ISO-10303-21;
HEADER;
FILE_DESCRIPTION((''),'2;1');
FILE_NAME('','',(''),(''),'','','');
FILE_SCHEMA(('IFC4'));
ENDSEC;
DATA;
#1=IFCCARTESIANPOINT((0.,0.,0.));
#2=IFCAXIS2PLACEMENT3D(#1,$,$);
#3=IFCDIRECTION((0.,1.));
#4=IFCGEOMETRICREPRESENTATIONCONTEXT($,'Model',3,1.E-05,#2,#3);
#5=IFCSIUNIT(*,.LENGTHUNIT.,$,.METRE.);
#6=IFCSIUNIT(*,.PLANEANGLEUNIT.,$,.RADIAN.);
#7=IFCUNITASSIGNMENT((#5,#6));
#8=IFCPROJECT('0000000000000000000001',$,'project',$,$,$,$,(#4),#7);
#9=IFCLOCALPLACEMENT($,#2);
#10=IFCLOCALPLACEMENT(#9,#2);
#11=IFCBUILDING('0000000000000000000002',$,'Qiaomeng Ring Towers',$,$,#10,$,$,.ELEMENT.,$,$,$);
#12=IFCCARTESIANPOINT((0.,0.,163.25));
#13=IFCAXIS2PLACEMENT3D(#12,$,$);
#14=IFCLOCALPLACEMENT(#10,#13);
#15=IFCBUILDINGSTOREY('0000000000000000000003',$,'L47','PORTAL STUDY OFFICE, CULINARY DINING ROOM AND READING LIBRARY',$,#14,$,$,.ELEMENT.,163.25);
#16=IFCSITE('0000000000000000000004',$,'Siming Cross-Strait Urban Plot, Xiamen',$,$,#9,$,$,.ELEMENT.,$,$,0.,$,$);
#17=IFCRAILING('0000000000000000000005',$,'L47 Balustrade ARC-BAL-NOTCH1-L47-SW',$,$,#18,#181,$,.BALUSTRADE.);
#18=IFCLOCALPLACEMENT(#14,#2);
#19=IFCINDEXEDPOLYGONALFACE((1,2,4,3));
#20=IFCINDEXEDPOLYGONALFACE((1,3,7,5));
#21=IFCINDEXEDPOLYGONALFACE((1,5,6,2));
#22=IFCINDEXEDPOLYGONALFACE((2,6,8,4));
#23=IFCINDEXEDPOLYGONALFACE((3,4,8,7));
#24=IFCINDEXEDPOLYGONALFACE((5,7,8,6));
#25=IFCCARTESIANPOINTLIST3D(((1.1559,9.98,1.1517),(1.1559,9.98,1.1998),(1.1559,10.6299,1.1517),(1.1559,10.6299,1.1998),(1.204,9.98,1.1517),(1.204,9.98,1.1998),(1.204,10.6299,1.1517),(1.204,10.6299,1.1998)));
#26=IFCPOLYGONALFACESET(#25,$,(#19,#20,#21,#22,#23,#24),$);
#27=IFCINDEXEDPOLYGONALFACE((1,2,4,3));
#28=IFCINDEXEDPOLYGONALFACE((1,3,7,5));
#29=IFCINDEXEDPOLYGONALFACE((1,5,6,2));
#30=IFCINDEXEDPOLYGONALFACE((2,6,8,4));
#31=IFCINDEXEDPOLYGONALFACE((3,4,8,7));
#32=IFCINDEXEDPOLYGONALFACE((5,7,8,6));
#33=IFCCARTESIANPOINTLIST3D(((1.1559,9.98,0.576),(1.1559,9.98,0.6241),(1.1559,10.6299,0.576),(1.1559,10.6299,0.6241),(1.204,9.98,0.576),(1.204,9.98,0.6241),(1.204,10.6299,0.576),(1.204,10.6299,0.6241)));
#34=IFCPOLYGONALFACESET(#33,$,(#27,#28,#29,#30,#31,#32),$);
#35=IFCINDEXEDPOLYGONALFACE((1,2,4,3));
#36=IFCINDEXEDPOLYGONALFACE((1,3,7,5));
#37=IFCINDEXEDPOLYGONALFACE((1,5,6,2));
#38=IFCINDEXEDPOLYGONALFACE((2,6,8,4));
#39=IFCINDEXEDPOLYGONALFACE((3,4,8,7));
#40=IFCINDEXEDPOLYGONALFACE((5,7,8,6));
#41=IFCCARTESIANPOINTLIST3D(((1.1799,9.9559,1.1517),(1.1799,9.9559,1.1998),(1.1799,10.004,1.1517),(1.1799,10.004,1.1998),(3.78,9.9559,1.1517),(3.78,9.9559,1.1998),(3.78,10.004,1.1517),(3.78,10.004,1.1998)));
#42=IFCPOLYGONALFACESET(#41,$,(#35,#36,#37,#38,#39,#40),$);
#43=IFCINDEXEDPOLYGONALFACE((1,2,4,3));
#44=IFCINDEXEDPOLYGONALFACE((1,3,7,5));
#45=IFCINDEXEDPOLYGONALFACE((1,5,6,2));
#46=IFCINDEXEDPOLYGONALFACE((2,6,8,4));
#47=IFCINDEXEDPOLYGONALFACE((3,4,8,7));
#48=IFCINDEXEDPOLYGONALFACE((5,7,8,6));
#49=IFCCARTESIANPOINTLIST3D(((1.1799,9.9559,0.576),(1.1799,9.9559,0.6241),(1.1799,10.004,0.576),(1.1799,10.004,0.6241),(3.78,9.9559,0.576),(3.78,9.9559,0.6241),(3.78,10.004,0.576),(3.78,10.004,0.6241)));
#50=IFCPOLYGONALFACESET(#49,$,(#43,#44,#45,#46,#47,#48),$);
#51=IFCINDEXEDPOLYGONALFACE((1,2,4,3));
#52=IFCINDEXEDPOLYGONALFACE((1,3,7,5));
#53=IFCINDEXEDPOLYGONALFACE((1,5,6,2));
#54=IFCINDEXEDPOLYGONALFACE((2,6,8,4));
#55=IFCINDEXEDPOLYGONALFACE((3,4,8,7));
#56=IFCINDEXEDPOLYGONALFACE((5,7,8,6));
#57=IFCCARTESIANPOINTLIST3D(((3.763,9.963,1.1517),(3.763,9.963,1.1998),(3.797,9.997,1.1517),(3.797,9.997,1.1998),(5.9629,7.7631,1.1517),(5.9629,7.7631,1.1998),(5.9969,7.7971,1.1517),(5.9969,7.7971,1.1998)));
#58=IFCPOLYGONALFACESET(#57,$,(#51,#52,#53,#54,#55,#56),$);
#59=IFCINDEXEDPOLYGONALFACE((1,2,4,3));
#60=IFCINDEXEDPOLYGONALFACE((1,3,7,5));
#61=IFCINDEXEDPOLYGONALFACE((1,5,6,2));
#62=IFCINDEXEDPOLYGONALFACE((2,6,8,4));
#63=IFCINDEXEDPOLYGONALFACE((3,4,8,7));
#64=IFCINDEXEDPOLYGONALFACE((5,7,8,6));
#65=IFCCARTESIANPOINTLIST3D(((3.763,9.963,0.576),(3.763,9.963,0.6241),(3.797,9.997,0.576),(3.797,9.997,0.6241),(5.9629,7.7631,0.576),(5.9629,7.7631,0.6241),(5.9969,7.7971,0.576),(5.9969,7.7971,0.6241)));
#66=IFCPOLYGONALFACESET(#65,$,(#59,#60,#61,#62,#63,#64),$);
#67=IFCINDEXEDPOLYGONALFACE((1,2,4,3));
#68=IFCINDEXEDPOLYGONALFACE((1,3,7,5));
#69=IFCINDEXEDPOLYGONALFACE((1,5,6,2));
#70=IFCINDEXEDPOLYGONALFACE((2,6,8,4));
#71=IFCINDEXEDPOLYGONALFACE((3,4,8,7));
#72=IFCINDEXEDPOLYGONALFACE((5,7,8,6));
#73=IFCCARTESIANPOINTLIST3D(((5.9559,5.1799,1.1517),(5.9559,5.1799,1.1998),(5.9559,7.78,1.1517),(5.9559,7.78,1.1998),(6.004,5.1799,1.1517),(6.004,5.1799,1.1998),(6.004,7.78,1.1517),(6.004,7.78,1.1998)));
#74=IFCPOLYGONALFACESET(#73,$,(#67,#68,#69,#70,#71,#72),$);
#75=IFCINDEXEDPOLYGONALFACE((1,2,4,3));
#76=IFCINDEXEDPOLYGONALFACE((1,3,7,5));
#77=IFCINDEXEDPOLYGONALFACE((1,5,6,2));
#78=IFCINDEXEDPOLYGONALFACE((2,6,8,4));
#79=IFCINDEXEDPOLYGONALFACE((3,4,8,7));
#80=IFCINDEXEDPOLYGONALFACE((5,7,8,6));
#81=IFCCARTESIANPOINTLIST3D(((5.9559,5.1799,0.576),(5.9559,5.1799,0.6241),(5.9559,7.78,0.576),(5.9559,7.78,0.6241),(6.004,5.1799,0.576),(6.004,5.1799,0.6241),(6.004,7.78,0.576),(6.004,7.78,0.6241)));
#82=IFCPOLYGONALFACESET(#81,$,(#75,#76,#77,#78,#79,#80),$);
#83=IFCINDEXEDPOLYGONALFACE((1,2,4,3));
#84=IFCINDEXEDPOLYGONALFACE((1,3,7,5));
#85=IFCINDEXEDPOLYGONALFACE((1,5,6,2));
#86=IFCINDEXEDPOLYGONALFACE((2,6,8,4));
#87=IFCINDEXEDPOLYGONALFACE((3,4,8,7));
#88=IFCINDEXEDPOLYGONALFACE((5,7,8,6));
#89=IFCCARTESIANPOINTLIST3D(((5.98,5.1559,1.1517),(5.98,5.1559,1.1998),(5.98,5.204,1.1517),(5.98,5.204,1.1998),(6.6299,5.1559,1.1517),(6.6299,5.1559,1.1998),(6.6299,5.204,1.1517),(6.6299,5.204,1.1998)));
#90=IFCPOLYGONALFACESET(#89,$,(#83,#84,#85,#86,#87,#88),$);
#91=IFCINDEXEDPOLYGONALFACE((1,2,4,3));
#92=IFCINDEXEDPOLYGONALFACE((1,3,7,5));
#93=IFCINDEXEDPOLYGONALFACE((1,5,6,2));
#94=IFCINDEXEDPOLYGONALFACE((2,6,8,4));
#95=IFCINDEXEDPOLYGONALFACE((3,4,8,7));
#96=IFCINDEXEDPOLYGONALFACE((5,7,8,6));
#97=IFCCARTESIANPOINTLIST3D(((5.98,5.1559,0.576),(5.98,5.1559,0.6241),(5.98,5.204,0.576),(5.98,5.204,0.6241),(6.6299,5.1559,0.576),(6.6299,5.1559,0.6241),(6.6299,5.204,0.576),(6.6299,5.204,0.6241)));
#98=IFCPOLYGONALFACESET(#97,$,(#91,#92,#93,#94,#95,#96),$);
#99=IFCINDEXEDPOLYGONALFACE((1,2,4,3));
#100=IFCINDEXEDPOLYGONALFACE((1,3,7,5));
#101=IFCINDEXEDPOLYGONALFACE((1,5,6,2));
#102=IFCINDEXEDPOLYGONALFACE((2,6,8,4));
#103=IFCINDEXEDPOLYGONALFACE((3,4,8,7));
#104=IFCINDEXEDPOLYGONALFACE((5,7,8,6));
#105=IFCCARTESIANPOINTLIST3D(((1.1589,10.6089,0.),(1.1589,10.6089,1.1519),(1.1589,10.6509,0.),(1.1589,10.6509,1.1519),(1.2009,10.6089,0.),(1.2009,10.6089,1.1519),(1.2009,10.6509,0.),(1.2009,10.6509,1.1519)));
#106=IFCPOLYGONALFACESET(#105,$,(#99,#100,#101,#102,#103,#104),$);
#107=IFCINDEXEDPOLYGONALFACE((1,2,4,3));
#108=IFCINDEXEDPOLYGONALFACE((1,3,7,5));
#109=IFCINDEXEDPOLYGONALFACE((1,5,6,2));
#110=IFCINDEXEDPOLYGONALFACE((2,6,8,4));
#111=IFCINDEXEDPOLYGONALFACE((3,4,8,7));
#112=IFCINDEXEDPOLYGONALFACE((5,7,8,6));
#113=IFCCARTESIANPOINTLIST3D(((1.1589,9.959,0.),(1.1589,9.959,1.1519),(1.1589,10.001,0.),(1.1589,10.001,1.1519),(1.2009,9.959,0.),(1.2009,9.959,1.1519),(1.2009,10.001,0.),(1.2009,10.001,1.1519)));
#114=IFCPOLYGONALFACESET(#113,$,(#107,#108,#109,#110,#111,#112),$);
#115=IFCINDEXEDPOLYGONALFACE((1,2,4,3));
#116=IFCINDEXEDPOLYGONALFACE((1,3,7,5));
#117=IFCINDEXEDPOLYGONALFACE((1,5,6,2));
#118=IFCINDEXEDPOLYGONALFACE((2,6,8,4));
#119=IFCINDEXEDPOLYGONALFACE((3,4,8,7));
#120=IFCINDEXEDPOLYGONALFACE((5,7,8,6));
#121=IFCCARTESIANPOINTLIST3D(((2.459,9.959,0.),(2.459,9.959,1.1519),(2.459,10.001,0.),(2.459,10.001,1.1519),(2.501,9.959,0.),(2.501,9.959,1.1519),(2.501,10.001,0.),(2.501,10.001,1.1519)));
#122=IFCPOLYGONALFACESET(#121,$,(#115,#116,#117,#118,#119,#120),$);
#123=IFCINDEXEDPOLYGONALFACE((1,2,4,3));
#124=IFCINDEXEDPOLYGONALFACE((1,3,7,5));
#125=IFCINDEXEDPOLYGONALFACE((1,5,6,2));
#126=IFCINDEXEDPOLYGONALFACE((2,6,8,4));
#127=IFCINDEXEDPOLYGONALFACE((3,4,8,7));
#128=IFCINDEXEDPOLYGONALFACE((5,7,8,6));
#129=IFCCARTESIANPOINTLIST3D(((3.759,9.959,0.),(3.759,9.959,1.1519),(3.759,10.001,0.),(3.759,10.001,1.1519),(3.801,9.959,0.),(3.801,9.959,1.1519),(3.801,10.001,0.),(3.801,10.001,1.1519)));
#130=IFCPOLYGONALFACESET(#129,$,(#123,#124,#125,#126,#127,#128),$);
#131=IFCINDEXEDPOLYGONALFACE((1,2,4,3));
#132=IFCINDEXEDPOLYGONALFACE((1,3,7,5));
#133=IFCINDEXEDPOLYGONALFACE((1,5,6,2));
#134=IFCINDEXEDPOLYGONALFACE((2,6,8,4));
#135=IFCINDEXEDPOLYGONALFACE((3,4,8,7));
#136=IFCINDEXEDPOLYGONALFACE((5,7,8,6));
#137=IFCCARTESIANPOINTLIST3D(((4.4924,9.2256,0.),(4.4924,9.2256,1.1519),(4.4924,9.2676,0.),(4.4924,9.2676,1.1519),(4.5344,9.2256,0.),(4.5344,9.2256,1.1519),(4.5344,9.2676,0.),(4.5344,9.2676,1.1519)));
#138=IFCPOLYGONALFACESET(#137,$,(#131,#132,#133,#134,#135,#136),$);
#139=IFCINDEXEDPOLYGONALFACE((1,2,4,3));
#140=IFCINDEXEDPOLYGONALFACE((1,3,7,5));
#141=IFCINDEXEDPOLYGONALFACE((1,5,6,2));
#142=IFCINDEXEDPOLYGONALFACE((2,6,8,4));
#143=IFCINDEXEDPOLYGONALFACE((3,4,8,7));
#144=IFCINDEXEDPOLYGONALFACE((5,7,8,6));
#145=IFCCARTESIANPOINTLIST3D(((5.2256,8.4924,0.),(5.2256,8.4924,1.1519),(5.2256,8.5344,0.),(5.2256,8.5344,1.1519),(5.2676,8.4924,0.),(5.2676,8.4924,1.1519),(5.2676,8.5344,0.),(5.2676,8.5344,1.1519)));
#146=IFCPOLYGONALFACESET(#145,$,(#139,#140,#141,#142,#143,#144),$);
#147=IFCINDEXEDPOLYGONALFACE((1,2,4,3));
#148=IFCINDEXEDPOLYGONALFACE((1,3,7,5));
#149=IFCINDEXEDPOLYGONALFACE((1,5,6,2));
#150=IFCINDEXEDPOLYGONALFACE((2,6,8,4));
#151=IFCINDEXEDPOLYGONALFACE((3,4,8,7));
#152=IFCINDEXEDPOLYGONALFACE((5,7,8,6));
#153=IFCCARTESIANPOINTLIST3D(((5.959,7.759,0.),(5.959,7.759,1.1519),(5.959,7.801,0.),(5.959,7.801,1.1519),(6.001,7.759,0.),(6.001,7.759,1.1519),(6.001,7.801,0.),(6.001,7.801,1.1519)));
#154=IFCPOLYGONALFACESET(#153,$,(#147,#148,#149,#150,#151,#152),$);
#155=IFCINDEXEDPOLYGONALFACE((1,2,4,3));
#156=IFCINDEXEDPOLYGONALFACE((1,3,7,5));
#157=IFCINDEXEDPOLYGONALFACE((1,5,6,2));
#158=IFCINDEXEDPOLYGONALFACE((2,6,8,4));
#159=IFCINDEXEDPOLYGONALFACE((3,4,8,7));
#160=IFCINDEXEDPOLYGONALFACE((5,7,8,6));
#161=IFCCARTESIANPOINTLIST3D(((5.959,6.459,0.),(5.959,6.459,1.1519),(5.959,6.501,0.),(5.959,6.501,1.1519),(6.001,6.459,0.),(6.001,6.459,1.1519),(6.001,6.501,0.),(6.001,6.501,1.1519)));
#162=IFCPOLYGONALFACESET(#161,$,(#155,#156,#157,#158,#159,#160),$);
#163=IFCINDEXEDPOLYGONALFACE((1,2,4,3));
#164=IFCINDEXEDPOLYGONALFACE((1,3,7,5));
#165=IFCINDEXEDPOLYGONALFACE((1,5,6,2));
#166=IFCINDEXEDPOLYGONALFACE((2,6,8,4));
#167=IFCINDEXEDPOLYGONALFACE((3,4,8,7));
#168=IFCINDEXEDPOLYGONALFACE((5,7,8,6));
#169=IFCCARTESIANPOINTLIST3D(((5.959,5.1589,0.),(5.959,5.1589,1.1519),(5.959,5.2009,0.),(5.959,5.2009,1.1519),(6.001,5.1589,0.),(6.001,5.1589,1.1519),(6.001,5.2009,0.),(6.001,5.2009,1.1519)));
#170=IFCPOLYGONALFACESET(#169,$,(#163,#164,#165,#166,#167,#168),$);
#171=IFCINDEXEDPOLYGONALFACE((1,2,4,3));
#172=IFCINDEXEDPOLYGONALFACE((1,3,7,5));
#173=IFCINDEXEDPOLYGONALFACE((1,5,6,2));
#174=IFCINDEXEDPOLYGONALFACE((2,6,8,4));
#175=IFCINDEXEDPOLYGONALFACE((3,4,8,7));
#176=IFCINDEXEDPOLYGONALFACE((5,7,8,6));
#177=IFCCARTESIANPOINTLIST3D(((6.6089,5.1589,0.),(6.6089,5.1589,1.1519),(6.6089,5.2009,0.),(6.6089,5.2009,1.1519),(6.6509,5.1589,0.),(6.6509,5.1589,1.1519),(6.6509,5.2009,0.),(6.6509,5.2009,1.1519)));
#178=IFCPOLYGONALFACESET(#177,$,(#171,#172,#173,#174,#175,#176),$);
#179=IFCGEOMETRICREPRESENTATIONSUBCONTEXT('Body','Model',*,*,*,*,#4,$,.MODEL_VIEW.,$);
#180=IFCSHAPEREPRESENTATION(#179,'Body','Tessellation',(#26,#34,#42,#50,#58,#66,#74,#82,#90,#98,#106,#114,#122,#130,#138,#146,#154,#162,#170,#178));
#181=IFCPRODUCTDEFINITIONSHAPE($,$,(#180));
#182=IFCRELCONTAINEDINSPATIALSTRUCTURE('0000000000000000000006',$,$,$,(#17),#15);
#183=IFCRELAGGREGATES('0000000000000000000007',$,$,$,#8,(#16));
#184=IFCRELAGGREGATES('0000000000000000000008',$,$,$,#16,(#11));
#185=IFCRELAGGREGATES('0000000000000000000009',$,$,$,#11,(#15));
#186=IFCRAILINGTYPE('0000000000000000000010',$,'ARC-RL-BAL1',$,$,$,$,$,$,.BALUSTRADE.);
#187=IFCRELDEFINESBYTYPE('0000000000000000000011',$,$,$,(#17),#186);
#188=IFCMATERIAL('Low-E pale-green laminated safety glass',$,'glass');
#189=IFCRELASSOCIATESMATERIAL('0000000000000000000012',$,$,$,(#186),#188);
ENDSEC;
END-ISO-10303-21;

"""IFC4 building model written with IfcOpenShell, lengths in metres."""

from ifc_helpers import new_model, si_unit, direction, frame, origin, origin_2d, place, context, subcontext, project, spatial, rectangle, extrude, material, type_object, element, save


model = new_model("IFC4")

# Units and contexts
model_context = context("Model", 3, precision=1e-05, world=origin(), true_north=direction((0.0, 1.0)))
body_context = subcontext(model_context, "Body", "Model", "MODEL_VIEW")
ifc_project = project(units=[si_unit("LENGTHUNIT", "METRE"), si_unit("PLANEANGLEUNIT", "RADIAN")], contexts=[model_context])

# Site, building, storey
site_placement = place(None, origin())
site = spatial("IfcSite", under=ifc_project, at=site_placement, Name="Siming Cross-Strait Urban Plot, Xiamen", CompositionType="ELEMENT", RefElevation=0.0)
building_placement = place(site_placement, origin())
building = spatial("IfcBuilding", under=site, at=building_placement, Name="Qiaomeng Ring Towers", CompositionType="ELEMENT")
storey_placement = place(building_placement, frame((0.0, 0.0, 163.25)))
storey = spatial("IfcBuildingStorey", under=building, at=storey_placement, Name="L47", Description="PORTAL STUDY OFFICE, CULINARY DINING ROOM AND READING LIBRARY", CompositionType="ELEMENT", Elevation=163.25)

# Railing
ifc_material_1 = material(Name="Low-E pale-green laminated safety glass", Category="glass")
railing_type = type_object("IfcRailingType", Name="ARC-RL-BAL1", PredefinedType="BALUSTRADE", material=ifc_material_1)
railing_placement = place(storey_placement, frame((1.1799, 10.6299, 0.0)))
element("IfcRailing", 1, at=railing_placement, inside=storey, type_object=railing_type, Name="L47 Balustrade ARC-BAL-NOTCH1-L47-SW", PredefinedType="BALUSTRADE", context=body_context, shape_type="SweptSolid", body=[
    extrude(rectangle(XDim=0.0481, YDim=0.0481, at=origin_2d()), frame((0.0, 0.0, 1.1758), z_axis=(0.0, -1.0, 0.0), x_axis=(1.0, 0.0, 0.0)), (0.0, 0.0, 1.0), 0.6499),
    extrude(rectangle(XDim=0.0481, YDim=0.0481, at=origin_2d()), frame((0.0, 0.0, 0.6001), z_axis=(0.0, -1.0, 0.0), x_axis=(1.0, 0.0, 0.0)), (0.0, 0.0, 1.0), 0.6499),
    extrude(rectangle(XDim=0.0481, YDim=0.0481, at=origin_2d()), frame((0.0, -0.6499, 1.1758), z_axis=(1.0, 0.0, 0.0), x_axis=(0.0, 1.0, 0.0)), (0.0, 0.0, 1.0), 2.6001),
    extrude(rectangle(XDim=0.0481, YDim=0.0481, at=origin_2d()), frame((0.0, -0.6499, 0.6001), z_axis=(1.0, 0.0, 0.0), x_axis=(0.0, 1.0, 0.0)), (0.0, 0.0, 1.0), 2.6001),
    extrude(rectangle(XDim=0.0481, YDim=0.0481, at=origin_2d()), frame((2.6001, -0.6499, 1.1758), z_axis=(0.707107, -0.707107, 0.0), x_axis=(0.707107, 0.707107, 0.0)), (0.0, 0.0, 1.0), 3.1111),
    extrude(rectangle(XDim=0.0481, YDim=0.0481, at=origin_2d()), frame((2.6001, -0.6499, 0.6001), z_axis=(0.707107, -0.707107, 0.0), x_axis=(0.707107, 0.707107, 0.0)), (0.0, 0.0, 1.0), 3.1111),
    extrude(rectangle(XDim=0.0481, YDim=0.0481, at=origin_2d()), frame((4.8, -2.8499, 1.1758), z_axis=(0.0, -1.0, 0.0), x_axis=(1.0, 0.0, 0.0)), (0.0, 0.0, 1.0), 2.6001),
    extrude(rectangle(XDim=0.0481, YDim=0.0481, at=origin_2d()), frame((4.8, -2.8499, 0.6001), z_axis=(0.0, -1.0, 0.0), x_axis=(1.0, 0.0, 0.0)), (0.0, 0.0, 1.0), 2.6001),
    extrude(rectangle(XDim=0.0481, YDim=0.0481, at=origin_2d()), frame((4.8, -5.45, 1.1758), z_axis=(1.0, 0.0, 0.0), x_axis=(0.0, 1.0, 0.0)), (0.0, 0.0, 1.0), 0.6499),
    extrude(rectangle(XDim=0.0481, YDim=0.0481, at=origin_2d()), frame((4.8, -5.45, 0.6001), z_axis=(1.0, 0.0, 0.0), x_axis=(0.0, 1.0, 0.0)), (0.0, 0.0, 1.0), 0.6499),
    extrude(rectangle(XDim=0.042, YDim=0.042, at=origin_2d()), origin(), (0.0, 0.0, 1.0), 1.1519),
    extrude(rectangle(XDim=0.042, YDim=0.042, at=origin_2d()), frame((0.0, -0.6499, 0.0)), (0.0, 0.0, 1.0), 1.1519),
    extrude(rectangle(XDim=0.042, YDim=0.042, at=origin_2d()), frame((1.3, -0.6499, 0.0)), (0.0, 0.0, 1.0), 1.1519),
    extrude(rectangle(XDim=0.042, YDim=0.042, at=origin_2d()), frame((2.6001, -0.6499, 0.0)), (0.0, 0.0, 1.0), 1.1519),
    extrude(rectangle(XDim=0.042, YDim=0.042, at=origin_2d()), frame((3.3335, -1.3833, 0.0)), (0.0, 0.0, 1.0), 1.1519),
    extrude(rectangle(XDim=0.042, YDim=0.042, at=origin_2d()), frame((4.0667, -2.1165, 0.0)), (0.0, 0.0, 1.0), 1.1519),
    extrude(rectangle(XDim=0.042, YDim=0.042, at=origin_2d()), frame((4.8, -2.8499, 0.0)), (0.0, 0.0, 1.0), 1.1519),
    extrude(rectangle(XDim=0.042, YDim=0.042, at=origin_2d()), frame((4.8, -4.1499, 0.0)), (0.0, 0.0, 1.0), 1.1519),
    extrude(rectangle(XDim=0.042, YDim=0.042, at=origin_2d()), frame((4.8, -5.45, 0.0)), (0.0, 0.0, 1.0), 1.1519),
    extrude(rectangle(XDim=0.042, YDim=0.042, at=origin_2d()), frame((5.45, -5.45, 0.0)), (0.0, 0.0, 1.0), 1.1519),
])

save(model, "model.ifc")
